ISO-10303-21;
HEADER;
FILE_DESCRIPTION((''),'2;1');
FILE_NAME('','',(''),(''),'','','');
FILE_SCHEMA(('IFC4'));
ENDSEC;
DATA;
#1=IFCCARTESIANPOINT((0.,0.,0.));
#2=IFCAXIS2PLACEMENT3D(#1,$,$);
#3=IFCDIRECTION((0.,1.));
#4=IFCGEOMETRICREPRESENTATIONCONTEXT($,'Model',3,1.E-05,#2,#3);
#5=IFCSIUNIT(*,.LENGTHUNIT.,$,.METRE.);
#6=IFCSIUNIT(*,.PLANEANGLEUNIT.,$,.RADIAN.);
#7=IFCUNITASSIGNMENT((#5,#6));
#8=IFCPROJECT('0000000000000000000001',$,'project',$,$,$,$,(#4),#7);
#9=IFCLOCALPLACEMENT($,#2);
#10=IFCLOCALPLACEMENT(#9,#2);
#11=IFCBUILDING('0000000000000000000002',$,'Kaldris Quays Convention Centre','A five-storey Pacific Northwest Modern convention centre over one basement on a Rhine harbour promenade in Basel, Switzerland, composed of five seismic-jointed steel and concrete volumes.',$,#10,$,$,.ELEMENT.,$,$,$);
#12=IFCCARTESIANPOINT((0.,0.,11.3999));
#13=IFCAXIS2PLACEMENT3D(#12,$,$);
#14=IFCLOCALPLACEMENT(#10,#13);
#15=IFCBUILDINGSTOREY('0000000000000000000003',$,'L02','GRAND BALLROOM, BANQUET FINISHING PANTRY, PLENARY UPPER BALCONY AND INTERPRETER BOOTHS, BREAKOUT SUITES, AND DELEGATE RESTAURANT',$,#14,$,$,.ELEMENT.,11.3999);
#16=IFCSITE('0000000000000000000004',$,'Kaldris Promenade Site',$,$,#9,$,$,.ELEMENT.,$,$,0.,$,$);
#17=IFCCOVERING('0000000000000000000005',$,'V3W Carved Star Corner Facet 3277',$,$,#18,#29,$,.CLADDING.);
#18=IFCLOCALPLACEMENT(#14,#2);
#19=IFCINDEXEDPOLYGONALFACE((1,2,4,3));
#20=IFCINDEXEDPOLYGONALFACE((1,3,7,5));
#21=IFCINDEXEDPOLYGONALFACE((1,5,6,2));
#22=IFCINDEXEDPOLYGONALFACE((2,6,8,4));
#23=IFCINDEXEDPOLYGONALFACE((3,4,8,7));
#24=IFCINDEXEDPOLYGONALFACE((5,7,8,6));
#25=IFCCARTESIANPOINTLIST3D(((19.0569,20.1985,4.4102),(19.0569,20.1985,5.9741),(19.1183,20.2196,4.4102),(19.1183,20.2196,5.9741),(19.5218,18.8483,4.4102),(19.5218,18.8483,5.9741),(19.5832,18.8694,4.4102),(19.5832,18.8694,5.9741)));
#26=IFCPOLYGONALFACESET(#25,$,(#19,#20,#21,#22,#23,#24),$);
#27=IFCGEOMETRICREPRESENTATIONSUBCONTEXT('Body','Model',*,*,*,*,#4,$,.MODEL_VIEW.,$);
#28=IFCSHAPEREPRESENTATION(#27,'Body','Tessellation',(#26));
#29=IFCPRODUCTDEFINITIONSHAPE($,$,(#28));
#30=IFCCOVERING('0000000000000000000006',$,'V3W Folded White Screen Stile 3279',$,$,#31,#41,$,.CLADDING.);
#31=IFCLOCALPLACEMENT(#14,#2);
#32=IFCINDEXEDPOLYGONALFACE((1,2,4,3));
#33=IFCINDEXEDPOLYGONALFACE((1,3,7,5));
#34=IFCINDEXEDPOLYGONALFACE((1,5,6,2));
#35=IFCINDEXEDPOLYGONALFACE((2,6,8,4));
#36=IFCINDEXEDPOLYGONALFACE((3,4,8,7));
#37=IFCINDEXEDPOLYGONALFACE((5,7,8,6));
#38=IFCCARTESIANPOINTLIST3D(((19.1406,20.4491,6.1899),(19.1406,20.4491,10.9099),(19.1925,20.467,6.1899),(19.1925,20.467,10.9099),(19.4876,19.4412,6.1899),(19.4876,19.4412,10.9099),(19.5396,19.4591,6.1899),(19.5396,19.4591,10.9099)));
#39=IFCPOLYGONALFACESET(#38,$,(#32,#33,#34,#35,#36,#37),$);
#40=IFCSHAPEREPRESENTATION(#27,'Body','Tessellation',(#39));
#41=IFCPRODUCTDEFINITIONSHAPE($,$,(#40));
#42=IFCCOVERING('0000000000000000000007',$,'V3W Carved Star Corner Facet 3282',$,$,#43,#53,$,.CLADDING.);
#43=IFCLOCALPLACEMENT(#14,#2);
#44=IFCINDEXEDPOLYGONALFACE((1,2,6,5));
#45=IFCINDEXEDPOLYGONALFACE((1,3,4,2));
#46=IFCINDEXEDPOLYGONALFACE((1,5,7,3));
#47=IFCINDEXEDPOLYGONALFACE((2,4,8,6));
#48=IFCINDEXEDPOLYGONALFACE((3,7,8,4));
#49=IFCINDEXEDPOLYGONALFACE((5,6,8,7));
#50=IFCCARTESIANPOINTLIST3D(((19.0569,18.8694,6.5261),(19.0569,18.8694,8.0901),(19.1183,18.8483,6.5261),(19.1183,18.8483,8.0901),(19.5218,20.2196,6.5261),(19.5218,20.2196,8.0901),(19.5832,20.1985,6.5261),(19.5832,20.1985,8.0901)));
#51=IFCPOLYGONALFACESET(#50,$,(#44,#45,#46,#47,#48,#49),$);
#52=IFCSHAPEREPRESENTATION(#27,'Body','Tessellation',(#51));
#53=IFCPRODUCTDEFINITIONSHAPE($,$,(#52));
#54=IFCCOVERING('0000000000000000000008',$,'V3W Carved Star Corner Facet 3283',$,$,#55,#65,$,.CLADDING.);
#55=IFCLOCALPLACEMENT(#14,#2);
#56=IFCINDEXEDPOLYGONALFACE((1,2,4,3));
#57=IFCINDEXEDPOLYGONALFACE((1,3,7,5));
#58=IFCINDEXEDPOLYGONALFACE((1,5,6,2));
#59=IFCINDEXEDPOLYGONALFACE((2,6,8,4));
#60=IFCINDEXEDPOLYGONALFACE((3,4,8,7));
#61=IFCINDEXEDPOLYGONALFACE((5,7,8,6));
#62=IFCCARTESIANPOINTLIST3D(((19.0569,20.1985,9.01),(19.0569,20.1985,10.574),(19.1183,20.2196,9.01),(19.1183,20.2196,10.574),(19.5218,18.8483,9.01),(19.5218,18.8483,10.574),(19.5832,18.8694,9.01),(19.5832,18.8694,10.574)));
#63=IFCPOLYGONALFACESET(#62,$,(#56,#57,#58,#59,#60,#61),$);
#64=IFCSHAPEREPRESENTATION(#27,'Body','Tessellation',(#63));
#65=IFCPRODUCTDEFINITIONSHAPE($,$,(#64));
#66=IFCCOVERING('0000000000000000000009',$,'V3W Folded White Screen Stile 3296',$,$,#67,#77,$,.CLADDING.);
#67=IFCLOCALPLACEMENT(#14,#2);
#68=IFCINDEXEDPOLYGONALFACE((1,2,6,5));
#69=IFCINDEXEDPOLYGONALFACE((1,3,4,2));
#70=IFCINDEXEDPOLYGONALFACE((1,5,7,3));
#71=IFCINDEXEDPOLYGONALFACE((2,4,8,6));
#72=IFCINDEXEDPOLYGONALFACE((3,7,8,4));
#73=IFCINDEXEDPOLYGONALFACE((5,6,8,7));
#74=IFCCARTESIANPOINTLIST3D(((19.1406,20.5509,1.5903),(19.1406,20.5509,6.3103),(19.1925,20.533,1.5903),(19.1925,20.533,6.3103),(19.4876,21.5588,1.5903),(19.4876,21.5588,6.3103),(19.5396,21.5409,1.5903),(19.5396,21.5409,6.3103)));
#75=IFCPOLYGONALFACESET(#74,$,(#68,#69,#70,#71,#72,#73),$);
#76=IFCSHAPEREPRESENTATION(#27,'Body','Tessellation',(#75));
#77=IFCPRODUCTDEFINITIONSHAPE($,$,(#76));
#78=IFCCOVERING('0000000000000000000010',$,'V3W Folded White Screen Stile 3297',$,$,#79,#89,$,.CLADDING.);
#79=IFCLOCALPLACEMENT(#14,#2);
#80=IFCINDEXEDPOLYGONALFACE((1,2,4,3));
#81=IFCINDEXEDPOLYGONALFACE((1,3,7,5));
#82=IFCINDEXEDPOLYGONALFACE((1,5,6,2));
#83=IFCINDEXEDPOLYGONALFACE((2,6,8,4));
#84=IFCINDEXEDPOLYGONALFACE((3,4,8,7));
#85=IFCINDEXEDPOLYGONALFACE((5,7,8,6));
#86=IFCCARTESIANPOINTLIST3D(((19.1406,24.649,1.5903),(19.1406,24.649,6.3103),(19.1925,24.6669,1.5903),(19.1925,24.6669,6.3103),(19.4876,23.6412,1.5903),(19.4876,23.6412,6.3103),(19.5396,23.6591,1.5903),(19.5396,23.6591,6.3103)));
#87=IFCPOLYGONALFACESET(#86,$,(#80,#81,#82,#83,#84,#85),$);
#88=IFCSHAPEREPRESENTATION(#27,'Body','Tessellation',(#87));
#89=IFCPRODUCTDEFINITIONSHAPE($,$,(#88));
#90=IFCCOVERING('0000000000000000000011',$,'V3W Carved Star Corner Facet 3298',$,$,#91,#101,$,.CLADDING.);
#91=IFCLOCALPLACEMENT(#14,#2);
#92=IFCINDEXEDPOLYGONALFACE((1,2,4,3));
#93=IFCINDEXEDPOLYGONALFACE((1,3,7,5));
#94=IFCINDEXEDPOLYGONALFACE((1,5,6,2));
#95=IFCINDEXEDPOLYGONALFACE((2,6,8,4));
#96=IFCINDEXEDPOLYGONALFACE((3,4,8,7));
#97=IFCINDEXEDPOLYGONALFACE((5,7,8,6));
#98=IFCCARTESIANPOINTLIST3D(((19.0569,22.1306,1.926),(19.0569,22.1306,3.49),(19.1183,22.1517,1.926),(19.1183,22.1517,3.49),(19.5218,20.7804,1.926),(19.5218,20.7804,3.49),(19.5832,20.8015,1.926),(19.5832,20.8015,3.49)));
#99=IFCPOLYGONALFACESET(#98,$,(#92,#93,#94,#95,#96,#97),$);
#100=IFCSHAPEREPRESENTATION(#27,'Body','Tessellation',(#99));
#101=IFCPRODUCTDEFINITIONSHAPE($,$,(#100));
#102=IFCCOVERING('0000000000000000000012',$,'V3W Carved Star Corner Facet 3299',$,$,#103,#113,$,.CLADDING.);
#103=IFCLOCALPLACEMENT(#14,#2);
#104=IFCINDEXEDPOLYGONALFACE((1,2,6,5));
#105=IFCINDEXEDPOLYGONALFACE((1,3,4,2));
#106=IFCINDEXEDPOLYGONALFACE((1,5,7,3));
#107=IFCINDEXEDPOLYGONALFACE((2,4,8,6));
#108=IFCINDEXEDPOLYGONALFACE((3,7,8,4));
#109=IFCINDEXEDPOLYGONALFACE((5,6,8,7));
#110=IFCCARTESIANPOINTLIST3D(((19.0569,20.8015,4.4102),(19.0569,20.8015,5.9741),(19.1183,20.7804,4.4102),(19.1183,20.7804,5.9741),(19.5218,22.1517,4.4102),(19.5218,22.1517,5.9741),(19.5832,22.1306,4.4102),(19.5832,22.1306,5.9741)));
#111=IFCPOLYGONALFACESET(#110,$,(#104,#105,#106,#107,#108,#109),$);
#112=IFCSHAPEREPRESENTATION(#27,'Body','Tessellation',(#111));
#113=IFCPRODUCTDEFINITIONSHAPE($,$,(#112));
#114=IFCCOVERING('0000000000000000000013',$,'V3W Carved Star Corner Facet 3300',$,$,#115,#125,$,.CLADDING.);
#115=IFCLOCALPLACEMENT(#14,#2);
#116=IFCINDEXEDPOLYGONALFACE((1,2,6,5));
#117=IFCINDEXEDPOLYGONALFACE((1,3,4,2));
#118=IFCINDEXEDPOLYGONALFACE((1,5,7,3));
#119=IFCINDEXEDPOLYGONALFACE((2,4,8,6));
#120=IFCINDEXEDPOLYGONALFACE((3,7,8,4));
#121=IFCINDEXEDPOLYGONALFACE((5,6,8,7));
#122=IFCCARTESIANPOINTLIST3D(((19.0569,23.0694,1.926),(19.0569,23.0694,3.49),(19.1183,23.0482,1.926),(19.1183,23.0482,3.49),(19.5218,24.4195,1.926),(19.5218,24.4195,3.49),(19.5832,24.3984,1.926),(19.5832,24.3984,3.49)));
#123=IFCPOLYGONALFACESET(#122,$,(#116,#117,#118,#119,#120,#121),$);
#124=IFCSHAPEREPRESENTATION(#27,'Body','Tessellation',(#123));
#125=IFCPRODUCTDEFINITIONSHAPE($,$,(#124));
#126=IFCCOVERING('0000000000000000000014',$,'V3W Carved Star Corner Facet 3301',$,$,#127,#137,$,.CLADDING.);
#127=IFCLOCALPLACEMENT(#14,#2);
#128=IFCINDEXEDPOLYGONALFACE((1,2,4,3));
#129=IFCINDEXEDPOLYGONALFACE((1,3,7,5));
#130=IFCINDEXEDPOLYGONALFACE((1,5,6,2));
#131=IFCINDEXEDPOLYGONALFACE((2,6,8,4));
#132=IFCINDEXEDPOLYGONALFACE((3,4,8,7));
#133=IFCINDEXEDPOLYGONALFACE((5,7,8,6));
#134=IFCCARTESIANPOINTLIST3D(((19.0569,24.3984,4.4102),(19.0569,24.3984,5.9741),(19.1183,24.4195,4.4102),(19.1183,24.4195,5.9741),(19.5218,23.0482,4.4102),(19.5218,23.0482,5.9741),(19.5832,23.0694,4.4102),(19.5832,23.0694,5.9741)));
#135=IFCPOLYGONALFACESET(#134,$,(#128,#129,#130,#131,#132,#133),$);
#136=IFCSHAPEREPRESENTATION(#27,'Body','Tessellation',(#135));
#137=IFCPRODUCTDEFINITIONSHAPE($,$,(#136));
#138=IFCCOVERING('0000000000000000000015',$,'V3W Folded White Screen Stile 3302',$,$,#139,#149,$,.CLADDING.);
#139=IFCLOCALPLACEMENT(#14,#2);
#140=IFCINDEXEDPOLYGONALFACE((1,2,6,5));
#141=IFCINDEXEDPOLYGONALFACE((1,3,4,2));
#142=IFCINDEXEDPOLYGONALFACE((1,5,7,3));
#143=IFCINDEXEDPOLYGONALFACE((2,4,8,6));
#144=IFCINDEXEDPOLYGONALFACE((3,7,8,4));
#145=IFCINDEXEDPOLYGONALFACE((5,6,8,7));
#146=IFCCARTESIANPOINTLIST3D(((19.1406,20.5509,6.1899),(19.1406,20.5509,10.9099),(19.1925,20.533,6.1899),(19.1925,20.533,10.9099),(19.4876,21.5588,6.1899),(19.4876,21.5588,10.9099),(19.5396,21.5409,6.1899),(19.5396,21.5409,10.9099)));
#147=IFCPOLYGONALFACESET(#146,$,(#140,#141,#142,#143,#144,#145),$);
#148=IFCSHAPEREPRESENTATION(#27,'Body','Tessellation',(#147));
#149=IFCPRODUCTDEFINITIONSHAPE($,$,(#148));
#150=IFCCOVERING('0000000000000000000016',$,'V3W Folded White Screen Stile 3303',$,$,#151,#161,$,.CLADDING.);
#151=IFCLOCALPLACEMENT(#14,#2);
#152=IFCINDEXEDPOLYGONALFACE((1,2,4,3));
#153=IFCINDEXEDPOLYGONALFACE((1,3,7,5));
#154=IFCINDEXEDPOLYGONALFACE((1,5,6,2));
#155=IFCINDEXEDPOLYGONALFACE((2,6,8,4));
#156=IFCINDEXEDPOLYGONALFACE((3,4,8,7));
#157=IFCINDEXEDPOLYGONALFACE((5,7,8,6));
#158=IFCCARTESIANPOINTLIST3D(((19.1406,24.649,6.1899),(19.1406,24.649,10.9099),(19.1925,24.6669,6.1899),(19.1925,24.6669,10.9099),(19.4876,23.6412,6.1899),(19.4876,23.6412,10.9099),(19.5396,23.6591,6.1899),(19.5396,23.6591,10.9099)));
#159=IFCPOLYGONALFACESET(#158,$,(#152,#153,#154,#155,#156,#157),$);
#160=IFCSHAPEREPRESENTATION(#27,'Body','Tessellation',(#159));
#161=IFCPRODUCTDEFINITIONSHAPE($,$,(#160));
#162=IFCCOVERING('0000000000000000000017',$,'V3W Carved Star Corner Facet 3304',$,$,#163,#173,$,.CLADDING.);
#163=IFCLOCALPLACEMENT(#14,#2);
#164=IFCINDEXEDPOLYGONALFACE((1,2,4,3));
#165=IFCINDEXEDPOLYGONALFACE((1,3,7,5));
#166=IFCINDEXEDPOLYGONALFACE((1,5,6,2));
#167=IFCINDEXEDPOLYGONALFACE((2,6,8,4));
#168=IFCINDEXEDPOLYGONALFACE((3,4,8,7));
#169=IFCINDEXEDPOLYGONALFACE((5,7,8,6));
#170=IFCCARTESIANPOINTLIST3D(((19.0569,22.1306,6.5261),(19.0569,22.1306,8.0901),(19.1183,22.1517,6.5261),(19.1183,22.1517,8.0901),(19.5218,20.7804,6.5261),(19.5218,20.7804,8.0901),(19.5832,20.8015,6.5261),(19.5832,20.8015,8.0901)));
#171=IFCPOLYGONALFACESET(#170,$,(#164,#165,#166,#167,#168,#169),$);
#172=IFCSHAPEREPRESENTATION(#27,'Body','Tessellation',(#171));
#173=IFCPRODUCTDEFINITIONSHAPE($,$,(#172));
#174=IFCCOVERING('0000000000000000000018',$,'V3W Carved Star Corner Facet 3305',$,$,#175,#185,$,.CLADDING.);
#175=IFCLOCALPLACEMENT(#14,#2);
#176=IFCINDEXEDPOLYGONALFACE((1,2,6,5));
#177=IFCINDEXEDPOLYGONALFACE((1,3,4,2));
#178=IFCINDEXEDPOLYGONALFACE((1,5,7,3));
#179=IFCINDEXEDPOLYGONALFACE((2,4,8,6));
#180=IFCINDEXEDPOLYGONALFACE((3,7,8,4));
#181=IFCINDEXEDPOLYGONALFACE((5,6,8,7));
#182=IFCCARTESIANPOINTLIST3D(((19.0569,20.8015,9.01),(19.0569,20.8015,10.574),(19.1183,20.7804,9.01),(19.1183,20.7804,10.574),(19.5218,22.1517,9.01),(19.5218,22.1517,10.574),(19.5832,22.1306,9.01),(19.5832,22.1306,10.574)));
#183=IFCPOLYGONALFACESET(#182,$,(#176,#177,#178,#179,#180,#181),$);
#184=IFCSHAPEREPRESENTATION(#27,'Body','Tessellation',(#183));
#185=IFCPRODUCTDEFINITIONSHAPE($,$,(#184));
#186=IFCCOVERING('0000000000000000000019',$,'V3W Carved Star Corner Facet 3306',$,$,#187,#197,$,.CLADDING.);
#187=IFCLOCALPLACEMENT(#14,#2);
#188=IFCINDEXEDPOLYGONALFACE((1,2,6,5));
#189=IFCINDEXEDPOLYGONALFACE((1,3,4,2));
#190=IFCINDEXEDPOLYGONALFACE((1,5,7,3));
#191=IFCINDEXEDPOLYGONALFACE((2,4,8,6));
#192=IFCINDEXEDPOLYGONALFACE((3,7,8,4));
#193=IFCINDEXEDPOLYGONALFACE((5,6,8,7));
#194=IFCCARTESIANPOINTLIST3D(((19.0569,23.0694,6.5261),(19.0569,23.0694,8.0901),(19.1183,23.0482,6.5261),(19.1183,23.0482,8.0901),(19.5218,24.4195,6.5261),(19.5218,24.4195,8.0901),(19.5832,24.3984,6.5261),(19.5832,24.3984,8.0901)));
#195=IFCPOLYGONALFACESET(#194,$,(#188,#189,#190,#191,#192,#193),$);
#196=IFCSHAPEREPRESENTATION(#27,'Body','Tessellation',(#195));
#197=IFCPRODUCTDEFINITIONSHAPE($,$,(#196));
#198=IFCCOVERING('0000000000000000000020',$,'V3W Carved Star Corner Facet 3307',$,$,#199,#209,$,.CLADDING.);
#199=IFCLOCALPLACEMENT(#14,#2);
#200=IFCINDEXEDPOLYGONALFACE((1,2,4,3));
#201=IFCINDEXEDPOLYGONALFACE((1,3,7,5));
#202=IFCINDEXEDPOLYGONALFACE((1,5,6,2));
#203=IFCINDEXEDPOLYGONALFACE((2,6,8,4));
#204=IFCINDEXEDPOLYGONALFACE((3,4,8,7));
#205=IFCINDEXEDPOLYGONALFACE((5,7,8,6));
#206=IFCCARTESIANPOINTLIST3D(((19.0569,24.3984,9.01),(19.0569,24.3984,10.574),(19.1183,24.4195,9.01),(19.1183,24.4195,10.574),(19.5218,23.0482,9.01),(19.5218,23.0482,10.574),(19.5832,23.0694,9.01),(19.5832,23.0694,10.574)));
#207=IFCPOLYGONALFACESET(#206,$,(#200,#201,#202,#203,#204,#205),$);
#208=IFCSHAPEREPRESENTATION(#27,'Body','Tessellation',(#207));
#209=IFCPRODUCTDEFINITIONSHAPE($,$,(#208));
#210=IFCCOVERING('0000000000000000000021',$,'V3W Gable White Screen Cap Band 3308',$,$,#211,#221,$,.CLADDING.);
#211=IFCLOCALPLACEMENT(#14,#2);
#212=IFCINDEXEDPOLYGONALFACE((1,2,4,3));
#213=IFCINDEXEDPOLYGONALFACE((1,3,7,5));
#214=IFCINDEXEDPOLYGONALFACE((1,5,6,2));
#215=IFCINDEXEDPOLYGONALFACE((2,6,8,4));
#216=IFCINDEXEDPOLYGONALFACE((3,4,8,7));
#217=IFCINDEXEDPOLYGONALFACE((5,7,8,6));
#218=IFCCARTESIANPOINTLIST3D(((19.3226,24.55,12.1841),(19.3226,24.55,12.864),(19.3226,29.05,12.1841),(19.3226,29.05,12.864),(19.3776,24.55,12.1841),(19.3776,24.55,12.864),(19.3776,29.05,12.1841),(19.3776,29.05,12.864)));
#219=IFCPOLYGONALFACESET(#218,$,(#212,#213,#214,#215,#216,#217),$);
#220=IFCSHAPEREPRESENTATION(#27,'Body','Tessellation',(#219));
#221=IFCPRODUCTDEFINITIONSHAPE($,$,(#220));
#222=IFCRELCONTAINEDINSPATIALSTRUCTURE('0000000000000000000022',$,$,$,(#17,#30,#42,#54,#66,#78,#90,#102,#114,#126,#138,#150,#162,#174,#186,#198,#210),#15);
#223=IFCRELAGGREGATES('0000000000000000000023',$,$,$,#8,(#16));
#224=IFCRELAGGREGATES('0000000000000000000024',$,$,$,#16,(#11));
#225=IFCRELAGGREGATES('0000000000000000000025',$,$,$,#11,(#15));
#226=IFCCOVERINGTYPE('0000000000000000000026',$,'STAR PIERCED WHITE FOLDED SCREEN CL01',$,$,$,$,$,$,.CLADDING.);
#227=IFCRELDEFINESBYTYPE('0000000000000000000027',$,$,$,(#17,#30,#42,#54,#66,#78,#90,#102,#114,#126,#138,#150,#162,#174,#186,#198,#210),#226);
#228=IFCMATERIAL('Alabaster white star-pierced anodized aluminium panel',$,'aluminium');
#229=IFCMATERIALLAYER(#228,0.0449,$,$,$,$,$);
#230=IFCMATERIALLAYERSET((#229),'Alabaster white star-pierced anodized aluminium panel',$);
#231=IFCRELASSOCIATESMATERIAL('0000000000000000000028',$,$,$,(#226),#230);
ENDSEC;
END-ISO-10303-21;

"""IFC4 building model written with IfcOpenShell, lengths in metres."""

from ifc_helpers import new_model, si_unit, direction, frame, origin, origin_2d, place, context, subcontext, project, spatial, rectangle, extrude, material, layer, layer_set, type_object, element, save


model = new_model("IFC4")

# Units and contexts
model_context = context("Model", 3, precision=1e-05, world=origin(), true_north=direction((0.0, 1.0)))
body_context = subcontext(model_context, "Body", "Model", "MODEL_VIEW")
ifc_project = project(units=[si_unit("LENGTHUNIT", "METRE"), si_unit("PLANEANGLEUNIT", "RADIAN")], contexts=[model_context])

# Site, building, storey
site_placement = place(None, origin())
site = spatial("IfcSite", under=ifc_project, at=site_placement, Name="Kaldris Promenade Site", CompositionType="ELEMENT", RefElevation=0.0)
building_placement = place(site_placement, origin())
building = spatial("IfcBuilding", under=site, at=building_placement, Name="Kaldris Quays Convention Centre", Description="A five-storey Pacific Northwest Modern convention centre over one basement on a Rhine harbour promenade in Basel, Switzerland, composed of five seismic-jointed steel and concrete volumes.", CompositionType="ELEMENT")
storey_placement = place(building_placement, frame((0.0, 0.0, 11.3999)))
storey = spatial("IfcBuildingStorey", under=building, at=storey_placement, Name="L02", Description="GRAND BALLROOM, BANQUET FINISHING PANTRY, PLENARY UPPER BALCONY AND INTERPRETER BOOTHS, BREAKOUT SUITES, AND DELEGATE RESTAURANT", CompositionType="ELEMENT", Elevation=11.3999)

# Coverings
ifc_material_1 = material(Name="Alabaster white star-pierced anodized aluminium panel", Category="aluminium")
ifc_layer = layer(ifc_material_1, 0.0449)
ifc_layer_set = layer_set([ifc_layer], Name="Alabaster white star-pierced anodized aluminium panel")
covering_type = type_object("IfcCoveringType", Name="STAR PIERCED WHITE FOLDED SCREEN CL01", PredefinedType="CLADDING", material=ifc_layer_set)
covering_1_placement = place(storey_placement, frame((19.3201, 19.5339, 4.4102), z_axis=(0.0, 0.0, 1.0), x_axis=(-0.325568, 0.945519, 0.0)))
element("IfcCovering", 1, at=covering_1_placement, inside=storey, type_object=covering_type, Name="V3W Carved Star Corner Facet 3277", PredefinedType="CLADDING", context=body_context, shape_type="SweptSolid", body=[
    extrude(rectangle(XDim=1.428, YDim=0.0649, at=origin_2d()), origin(), (0.0, 0.0, 1.0), 1.564),
])
covering_2_placement = place(storey_placement, frame((19.3401, 19.9541, 6.1899), z_axis=(0.0, 0.0, 1.0), x_axis=(-0.325568, 0.945519, 0.0)))
element("IfcCovering", 2, at=covering_2_placement, inside=storey, type_object=covering_type, Name="V3W Folded White Screen Stile 3279", PredefinedType="CLADDING", context=body_context, shape_type="SweptSolid", body=[
    extrude(rectangle(XDim=1.0659, YDim=0.0549, at=origin_2d()), origin(), (0.0, 0.0, 1.0), 4.72),
])
for number, where, z_axis, x_axis, name in (
    (3, (19.3201, 19.5339, 6.5261), (0.0, 0.0, 1.0), (0.325568, 0.945519, 0.0), "V3W Carved Star Corner Facet 3282"),
    (4, (19.3201, 19.5339, 9.01), (0.0, 0.0, 1.0), (-0.325568, 0.945519, 0.0), "V3W Carved Star Corner Facet 3283"),
):
    element("IfcCovering", number, at=place(storey_placement, frame(where, z_axis=z_axis, x_axis=x_axis)), inside=storey, type_object=covering_type, Name=name, PredefinedType="CLADDING", context=body_context, shape_type="SweptSolid", body=[
        extrude(rectangle(XDim=1.428, YDim=0.0649, at=origin_2d()), origin(), (0.0, 0.0, 1.0), 1.564),
    ])
for number, where, z_axis, x_axis, name in (
    (5, (19.3401, 21.0459, 1.5903), (0.0, 0.0, 1.0), (0.325568, 0.945519, 0.0), "V3W Folded White Screen Stile 3296"),
    (6, (19.3401, 24.1541, 1.5903), (0.0, 0.0, 1.0), (-0.325568, 0.945519, 0.0), "V3W Folded White Screen Stile 3297"),
):
    element("IfcCovering", number, at=place(storey_placement, frame(where, z_axis=z_axis, x_axis=x_axis)), inside=storey, type_object=covering_type, Name=name, PredefinedType="CLADDING", context=body_context, shape_type="SweptSolid", body=[
        extrude(rectangle(XDim=1.0659, YDim=0.0549, at=origin_2d()), origin(), (0.0, 0.0, 1.0), 4.72),
    ])
for number, where, z_axis, x_axis, name in (
    (7, (19.3201, 21.4661, 1.926), (0.0, 0.0, 1.0), (-0.325568, 0.945519, 0.0), "V3W Carved Star Corner Facet 3298"),
    (8, (19.3201, 21.4661, 4.4102), (0.0, 0.0, 1.0), (0.325568, 0.945519, 0.0), "V3W Carved Star Corner Facet 3299"),
    (9, (19.3201, 23.7339, 1.926), (0.0, 0.0, 1.0), (0.325568, 0.945519, 0.0), "V3W Carved Star Corner Facet 3300"),
    (10, (19.3201, 23.7339, 4.4102), (0.0, 0.0, 1.0), (-0.325568, 0.945519, 0.0), "V3W Carved Star Corner Facet 3301"),
):
    element("IfcCovering", number, at=place(storey_placement, frame(where, z_axis=z_axis, x_axis=x_axis)), inside=storey, type_object=covering_type, Name=name, PredefinedType="CLADDING", context=body_context, shape_type="SweptSolid", body=[
        extrude(rectangle(XDim=1.428, YDim=0.0649, at=origin_2d()), origin(), (0.0, 0.0, 1.0), 1.564),
    ])
for number, where, z_axis, x_axis, name in (
    (11, (19.3401, 21.0459, 6.1899), (0.0, 0.0, 1.0), (0.325568, 0.945519, 0.0), "V3W Folded White Screen Stile 3302"),
    (12, (19.3401, 24.1541, 6.1899), (0.0, 0.0, 1.0), (-0.325568, 0.945519, 0.0), "V3W Folded White Screen Stile 3303"),
):
    element("IfcCovering", number, at=place(storey_placement, frame(where, z_axis=z_axis, x_axis=x_axis)), inside=storey, type_object=covering_type, Name=name, PredefinedType="CLADDING", context=body_context, shape_type="SweptSolid", body=[
        extrude(rectangle(XDim=1.0659, YDim=0.0549, at=origin_2d()), origin(), (0.0, 0.0, 1.0), 4.72),
    ])
for number, where, z_axis, x_axis, name in (
    (13, (19.3201, 21.4661, 6.5261), (0.0, 0.0, 1.0), (-0.325568, 0.945519, 0.0), "V3W Carved Star Corner Facet 3304"),
    (14, (19.3201, 21.4661, 9.01), (0.0, 0.0, 1.0), (0.325568, 0.945519, 0.0), "V3W Carved Star Corner Facet 3305"),
    (15, (19.3201, 23.7339, 6.5261), (0.0, 0.0, 1.0), (0.325568, 0.945519, 0.0), "V3W Carved Star Corner Facet 3306"),
    (16, (19.3201, 23.7339, 9.01), (0.0, 0.0, 1.0), (-0.325568, 0.945519, 0.0), "V3W Carved Star Corner Facet 3307"),
):
    element("IfcCovering", number, at=place(storey_placement, frame(where, z_axis=z_axis, x_axis=x_axis)), inside=storey, type_object=covering_type, Name=name, PredefinedType="CLADDING", context=body_context, shape_type="SweptSolid", body=[
        extrude(rectangle(XDim=1.428, YDim=0.0649, at=origin_2d()), origin(), (0.0, 0.0, 1.0), 1.564),
    ])
covering_3_placement = place(storey_placement, frame((19.3501, 26.8, 12.1841), z_axis=(0.0, 0.0, 1.0), x_axis=(0.0, 1.0, 0.0)))
element("IfcCovering", 17, at=covering_3_placement, inside=storey, type_object=covering_type, Name="V3W Gable White Screen Cap Band 3308", PredefinedType="CLADDING", context=body_context, shape_type="SweptSolid", body=[
    extrude(rectangle(XDim=4.5, YDim=0.0549, at=origin_2d()), origin(), (0.0, 0.0, 1.0), 0.6799),
])

save(model, "model.ifc")
